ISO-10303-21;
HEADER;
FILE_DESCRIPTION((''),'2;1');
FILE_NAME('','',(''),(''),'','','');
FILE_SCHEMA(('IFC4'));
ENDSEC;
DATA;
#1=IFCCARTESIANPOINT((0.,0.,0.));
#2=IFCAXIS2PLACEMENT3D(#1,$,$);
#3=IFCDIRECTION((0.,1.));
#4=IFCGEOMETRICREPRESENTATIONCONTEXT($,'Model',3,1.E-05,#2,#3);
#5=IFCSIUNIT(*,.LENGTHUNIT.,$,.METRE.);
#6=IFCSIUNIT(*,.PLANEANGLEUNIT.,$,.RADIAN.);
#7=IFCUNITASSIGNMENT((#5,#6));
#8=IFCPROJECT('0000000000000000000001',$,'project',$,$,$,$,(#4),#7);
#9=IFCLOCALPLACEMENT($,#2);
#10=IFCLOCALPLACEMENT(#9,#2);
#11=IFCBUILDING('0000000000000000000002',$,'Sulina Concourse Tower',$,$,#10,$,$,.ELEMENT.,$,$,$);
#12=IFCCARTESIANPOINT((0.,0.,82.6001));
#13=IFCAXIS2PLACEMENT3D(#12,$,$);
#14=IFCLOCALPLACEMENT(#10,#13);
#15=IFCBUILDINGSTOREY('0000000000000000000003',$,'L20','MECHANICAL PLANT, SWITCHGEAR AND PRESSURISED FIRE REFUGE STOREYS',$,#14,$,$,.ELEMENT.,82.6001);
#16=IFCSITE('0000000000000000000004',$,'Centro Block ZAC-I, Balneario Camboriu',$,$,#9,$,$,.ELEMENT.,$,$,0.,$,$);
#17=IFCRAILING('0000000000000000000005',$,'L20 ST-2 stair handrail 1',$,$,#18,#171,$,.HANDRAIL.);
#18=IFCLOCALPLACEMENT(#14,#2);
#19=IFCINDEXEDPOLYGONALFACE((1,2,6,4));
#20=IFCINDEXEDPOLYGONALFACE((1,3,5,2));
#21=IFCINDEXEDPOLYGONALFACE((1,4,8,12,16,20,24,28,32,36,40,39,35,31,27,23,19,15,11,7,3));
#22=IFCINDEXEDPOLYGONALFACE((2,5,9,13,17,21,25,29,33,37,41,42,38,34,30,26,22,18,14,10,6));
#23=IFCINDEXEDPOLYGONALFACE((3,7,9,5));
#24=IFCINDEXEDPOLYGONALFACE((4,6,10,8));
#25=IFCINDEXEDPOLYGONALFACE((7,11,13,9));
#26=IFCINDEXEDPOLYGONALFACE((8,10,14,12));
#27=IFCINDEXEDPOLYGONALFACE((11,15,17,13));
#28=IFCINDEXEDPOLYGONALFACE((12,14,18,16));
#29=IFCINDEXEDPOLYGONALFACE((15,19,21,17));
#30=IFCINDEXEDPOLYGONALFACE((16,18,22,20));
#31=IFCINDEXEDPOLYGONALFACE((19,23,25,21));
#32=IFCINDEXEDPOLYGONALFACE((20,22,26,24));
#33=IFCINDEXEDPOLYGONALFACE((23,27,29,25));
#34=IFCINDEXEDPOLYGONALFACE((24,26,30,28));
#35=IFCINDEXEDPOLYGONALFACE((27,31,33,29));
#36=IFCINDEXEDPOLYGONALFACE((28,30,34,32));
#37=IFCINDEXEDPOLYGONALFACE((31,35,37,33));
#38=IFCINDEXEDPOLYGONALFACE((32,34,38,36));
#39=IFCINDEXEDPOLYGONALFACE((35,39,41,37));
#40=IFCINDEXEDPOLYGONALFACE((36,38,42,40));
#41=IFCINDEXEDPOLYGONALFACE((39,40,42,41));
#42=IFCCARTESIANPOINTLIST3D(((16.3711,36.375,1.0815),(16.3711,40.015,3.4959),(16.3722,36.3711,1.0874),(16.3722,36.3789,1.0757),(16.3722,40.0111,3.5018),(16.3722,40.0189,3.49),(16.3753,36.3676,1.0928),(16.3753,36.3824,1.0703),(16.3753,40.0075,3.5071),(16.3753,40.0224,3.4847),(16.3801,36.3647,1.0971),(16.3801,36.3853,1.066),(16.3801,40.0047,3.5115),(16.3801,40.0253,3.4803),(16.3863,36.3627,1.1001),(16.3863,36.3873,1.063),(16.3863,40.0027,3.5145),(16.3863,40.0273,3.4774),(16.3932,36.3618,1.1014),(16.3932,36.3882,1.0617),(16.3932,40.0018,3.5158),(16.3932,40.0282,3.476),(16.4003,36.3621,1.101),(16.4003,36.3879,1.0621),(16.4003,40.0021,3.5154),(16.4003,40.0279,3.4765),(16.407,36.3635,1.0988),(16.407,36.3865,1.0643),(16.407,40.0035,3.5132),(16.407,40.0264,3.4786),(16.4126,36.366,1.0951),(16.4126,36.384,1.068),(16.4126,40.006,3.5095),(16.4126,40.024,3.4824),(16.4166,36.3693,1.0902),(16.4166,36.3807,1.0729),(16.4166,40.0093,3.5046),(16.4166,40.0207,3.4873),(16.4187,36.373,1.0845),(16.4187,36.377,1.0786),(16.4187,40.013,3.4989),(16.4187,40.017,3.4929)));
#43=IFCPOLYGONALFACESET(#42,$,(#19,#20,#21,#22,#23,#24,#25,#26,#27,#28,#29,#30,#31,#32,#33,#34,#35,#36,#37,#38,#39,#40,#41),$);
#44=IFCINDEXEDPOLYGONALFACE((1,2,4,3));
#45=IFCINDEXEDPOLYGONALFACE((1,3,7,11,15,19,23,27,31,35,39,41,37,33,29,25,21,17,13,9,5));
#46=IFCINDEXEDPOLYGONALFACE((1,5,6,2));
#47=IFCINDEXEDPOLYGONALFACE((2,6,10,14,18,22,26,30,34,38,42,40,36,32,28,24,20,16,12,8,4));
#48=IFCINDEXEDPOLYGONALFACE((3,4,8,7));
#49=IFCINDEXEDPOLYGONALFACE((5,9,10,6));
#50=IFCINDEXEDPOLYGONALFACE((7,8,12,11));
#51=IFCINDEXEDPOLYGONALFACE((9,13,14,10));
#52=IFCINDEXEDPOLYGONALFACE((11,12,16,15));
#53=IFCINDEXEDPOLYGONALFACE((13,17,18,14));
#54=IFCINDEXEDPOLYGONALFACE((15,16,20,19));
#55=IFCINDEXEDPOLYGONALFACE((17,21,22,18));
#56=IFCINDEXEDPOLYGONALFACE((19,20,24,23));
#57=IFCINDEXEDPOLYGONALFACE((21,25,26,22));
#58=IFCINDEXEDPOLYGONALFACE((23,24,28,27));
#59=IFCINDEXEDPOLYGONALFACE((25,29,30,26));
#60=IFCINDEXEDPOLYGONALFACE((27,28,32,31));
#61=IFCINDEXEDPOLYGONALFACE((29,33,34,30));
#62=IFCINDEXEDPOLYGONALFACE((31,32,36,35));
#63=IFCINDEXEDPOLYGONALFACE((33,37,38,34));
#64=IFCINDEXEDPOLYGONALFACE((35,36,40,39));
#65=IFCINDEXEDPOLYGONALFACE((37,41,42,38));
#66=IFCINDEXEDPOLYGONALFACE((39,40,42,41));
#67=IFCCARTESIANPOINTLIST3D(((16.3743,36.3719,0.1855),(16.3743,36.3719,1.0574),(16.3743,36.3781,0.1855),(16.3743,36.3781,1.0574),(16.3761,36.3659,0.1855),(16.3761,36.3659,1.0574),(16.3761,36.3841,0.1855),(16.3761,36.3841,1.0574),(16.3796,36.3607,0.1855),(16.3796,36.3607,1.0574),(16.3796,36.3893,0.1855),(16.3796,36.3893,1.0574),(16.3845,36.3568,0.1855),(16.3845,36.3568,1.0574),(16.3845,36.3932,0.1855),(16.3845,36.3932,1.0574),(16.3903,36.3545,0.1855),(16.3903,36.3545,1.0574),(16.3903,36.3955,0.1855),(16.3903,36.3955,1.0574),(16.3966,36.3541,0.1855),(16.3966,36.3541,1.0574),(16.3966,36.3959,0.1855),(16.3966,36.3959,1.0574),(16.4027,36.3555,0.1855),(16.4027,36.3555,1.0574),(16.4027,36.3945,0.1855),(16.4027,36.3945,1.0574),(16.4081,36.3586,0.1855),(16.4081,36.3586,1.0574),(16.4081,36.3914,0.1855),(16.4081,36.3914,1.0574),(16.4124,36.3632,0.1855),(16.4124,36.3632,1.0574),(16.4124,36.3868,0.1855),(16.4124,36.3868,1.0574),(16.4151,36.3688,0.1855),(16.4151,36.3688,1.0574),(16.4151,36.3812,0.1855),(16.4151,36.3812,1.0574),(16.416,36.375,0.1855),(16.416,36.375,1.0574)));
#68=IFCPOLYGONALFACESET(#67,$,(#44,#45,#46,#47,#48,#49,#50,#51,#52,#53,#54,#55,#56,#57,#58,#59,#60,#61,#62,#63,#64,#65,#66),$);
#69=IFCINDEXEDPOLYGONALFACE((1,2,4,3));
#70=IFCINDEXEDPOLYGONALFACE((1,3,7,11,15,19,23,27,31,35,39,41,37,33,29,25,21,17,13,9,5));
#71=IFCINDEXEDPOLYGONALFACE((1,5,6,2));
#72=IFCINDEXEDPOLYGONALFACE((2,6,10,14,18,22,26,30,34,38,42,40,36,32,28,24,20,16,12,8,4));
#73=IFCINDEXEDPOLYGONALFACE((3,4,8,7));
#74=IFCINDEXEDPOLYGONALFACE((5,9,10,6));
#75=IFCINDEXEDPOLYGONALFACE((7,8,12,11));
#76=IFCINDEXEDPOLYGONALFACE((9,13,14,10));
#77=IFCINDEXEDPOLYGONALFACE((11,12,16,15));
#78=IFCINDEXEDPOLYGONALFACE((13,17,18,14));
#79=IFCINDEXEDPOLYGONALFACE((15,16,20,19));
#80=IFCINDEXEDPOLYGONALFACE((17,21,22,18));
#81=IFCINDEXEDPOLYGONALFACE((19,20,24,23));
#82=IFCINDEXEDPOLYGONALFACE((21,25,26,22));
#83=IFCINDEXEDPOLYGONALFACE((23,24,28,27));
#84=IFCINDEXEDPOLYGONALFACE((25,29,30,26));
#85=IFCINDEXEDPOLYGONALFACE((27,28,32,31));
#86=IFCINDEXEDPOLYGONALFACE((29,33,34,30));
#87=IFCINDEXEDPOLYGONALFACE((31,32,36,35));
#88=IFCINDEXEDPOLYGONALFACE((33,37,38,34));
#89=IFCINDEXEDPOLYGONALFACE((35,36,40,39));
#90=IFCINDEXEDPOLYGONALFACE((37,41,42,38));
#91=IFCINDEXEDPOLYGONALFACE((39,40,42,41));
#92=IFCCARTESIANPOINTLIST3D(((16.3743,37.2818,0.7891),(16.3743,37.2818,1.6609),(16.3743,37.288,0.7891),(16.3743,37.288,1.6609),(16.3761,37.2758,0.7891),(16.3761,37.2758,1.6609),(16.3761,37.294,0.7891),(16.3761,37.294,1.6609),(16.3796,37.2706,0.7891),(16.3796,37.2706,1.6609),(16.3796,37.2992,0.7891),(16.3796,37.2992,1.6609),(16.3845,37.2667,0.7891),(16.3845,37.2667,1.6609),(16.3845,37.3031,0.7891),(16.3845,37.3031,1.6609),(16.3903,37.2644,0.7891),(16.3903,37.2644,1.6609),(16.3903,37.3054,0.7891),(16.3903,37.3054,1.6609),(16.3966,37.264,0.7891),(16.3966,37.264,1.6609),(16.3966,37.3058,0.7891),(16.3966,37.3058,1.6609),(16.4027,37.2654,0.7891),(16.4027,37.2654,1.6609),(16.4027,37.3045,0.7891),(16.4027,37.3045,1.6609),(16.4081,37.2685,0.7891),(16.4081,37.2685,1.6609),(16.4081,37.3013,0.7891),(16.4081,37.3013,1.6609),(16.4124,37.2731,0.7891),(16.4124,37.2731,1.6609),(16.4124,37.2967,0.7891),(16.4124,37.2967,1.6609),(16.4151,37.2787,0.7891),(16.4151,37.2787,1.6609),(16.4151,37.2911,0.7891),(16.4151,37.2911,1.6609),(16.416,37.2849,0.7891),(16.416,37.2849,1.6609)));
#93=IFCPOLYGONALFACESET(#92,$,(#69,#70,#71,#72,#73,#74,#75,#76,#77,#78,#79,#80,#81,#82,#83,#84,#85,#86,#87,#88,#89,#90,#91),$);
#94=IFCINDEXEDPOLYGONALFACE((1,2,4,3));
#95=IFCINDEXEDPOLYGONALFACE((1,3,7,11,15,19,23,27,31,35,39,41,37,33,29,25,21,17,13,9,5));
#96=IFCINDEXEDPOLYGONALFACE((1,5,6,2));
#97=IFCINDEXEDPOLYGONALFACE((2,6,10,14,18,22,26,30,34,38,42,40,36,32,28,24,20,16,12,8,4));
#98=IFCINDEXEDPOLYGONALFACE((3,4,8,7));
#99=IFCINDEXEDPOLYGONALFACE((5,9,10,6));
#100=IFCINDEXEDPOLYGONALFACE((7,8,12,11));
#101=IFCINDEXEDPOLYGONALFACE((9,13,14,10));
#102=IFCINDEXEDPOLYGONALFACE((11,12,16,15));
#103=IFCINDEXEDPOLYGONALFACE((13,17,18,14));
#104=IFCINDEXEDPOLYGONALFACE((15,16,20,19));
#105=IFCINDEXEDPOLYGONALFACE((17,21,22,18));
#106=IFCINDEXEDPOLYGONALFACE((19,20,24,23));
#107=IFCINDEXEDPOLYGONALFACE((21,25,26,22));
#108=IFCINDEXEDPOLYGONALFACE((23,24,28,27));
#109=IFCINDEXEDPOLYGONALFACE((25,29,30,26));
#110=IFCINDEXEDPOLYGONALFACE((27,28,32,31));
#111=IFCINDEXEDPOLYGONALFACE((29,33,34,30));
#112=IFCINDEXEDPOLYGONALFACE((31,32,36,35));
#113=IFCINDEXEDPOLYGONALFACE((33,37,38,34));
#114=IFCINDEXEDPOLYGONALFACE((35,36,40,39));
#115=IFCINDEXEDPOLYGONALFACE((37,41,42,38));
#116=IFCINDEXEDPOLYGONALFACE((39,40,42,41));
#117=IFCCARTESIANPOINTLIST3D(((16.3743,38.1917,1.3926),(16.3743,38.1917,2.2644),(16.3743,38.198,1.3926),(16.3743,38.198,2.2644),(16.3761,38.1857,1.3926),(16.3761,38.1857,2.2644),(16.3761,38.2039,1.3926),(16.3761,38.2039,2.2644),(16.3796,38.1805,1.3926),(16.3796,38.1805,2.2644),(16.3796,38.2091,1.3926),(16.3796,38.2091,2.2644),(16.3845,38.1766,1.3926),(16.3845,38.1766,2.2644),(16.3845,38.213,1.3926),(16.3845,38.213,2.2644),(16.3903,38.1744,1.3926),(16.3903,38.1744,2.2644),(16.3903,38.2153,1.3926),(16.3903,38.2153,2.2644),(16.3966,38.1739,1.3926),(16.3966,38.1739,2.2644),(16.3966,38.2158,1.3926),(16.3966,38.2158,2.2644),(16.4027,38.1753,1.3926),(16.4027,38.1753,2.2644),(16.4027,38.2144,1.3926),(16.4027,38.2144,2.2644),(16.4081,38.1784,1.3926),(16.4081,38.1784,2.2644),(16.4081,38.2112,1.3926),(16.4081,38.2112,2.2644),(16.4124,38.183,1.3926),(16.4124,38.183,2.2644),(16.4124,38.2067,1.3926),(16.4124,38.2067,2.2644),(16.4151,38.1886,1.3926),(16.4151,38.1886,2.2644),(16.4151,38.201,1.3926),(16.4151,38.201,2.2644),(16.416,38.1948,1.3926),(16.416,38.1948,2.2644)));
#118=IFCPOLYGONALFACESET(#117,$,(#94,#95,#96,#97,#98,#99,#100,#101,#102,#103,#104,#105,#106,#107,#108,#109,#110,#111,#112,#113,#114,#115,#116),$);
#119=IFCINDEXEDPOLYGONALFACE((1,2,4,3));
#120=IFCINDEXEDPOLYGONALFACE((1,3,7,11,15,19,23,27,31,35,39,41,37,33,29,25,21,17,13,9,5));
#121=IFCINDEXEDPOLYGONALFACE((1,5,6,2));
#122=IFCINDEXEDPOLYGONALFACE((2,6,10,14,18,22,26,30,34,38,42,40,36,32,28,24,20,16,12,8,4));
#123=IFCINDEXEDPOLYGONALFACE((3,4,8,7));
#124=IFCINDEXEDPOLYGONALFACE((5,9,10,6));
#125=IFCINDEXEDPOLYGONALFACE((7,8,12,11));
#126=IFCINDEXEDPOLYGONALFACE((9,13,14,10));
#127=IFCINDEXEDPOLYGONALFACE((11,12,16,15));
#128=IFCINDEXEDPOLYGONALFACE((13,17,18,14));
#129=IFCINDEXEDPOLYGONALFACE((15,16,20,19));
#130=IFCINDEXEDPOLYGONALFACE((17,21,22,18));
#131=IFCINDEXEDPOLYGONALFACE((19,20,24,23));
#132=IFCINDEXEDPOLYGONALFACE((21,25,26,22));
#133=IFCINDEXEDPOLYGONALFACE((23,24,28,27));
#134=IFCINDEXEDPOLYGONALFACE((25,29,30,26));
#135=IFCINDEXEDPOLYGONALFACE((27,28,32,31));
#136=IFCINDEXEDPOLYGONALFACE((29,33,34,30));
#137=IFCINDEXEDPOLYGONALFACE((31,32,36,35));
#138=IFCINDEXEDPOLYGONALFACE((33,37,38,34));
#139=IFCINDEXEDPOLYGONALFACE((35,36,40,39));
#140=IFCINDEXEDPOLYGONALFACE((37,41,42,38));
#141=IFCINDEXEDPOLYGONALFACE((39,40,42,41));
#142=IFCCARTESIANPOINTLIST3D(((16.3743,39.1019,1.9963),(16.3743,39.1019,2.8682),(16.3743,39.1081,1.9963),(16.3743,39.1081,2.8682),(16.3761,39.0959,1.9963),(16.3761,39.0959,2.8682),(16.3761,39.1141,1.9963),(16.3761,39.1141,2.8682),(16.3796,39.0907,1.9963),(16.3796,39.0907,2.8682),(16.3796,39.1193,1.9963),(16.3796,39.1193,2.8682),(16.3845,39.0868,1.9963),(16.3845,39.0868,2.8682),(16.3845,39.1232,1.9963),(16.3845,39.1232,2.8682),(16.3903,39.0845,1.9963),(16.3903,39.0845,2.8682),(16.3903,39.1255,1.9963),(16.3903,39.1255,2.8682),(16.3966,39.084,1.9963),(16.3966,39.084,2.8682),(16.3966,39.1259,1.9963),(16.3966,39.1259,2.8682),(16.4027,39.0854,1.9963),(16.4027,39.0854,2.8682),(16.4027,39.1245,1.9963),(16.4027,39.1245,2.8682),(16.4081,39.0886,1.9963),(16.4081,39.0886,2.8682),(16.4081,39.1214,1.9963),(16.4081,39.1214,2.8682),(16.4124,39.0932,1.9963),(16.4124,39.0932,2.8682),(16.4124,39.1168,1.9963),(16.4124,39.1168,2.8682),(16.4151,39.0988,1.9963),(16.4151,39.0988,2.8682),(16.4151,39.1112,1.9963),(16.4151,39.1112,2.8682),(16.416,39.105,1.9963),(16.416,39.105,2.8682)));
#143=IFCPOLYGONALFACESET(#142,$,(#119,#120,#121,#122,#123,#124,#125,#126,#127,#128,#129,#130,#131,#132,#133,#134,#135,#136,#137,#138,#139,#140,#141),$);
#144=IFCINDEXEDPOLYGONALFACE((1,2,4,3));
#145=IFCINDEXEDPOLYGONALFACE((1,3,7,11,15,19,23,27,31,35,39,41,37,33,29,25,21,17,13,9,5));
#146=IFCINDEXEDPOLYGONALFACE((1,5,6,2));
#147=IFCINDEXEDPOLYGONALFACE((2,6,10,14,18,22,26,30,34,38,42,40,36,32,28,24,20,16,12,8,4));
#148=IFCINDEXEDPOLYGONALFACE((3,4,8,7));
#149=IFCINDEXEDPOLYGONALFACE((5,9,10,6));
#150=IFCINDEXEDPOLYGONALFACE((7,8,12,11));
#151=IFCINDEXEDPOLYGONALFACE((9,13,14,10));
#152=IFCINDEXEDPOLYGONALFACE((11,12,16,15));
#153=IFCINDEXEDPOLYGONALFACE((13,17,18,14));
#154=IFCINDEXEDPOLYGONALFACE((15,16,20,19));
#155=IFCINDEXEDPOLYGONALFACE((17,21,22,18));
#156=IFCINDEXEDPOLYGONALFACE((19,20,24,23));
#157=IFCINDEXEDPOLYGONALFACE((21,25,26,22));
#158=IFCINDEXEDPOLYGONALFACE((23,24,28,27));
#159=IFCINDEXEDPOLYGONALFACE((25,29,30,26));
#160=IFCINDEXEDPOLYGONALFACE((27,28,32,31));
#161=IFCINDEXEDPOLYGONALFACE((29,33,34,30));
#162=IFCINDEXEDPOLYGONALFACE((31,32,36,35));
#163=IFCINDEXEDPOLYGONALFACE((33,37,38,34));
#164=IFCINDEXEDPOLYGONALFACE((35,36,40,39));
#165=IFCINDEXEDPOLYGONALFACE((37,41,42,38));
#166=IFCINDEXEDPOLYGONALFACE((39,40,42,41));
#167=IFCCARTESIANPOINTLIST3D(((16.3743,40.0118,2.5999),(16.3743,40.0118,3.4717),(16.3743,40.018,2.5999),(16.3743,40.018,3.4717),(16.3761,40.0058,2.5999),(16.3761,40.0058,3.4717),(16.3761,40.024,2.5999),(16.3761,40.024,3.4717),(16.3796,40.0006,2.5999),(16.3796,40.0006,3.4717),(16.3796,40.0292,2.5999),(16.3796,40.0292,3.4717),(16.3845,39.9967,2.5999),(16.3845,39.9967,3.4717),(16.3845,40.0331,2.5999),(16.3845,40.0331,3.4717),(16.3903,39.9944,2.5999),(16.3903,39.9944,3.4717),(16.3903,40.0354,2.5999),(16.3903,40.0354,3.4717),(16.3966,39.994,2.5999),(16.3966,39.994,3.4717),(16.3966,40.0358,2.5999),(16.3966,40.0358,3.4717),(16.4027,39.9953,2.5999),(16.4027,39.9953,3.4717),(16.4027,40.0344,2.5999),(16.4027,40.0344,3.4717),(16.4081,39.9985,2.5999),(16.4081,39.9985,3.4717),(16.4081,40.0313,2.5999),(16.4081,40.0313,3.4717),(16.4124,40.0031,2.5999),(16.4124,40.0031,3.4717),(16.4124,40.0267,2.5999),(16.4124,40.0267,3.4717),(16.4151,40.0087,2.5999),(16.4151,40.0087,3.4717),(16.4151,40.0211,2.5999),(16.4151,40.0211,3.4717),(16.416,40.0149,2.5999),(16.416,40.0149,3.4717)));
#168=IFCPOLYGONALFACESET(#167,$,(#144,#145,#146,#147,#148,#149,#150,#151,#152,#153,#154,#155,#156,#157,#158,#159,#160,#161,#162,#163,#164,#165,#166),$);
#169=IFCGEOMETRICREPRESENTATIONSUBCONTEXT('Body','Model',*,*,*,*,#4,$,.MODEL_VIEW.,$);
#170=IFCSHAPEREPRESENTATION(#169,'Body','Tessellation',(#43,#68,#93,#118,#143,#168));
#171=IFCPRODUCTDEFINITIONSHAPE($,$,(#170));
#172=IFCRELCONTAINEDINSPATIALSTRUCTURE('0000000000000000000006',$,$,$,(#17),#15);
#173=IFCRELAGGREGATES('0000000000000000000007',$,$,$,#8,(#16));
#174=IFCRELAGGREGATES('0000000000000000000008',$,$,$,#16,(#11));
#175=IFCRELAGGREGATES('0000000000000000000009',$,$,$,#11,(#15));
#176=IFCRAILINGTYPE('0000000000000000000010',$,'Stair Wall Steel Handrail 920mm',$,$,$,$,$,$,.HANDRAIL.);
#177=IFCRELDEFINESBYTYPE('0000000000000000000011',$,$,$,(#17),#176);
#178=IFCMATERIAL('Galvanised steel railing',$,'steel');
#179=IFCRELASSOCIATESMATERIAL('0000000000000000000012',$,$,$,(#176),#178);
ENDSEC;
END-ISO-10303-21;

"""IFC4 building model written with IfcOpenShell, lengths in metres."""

from ifc_helpers import new_model, si_unit, direction, frame, origin, origin_2d, place, context, subcontext, project, spatial, circle, extrude, material, type_object, element, save


model = new_model("IFC4")

# Units and contexts
model_context = context("Model", 3, precision=1e-05, world=origin(), true_north=direction((0.0, 1.0)))
body_context = subcontext(model_context, "Body", "Model", "MODEL_VIEW")
ifc_project = project(units=[si_unit("LENGTHUNIT", "METRE"), si_unit("PLANEANGLEUNIT", "RADIAN")], contexts=[model_context])

# Site, building, storey
site_placement = place(None, origin())
site = spatial("IfcSite", under=ifc_project, at=site_placement, Name="Centro Block ZAC-I, Balneario Camboriu", CompositionType="ELEMENT", RefElevation=0.0)
building_placement = place(site_placement, origin())
building = spatial("IfcBuilding", under=site, at=building_placement, Name="Sulina Concourse Tower", CompositionType="ELEMENT")
storey_placement = place(building_placement, frame((0.0, 0.0, 82.6001)))
storey = spatial("IfcBuildingStorey", under=building, at=storey_placement, Name="L20", Description="MECHANICAL PLANT, SWITCHGEAR AND PRESSURISED FIRE REFUGE STOREYS", CompositionType="ELEMENT", Elevation=82.6001)

# Railing
ifc_material_1 = material(Name="Galvanised steel railing", Category="steel")
railing_type_1 = type_object("IfcRailingType", Name="Stair Wall Steel Handrail 920mm", PredefinedType="HANDRAIL", material=ifc_material_1)
railing_1_placement = place(storey_placement, frame((16.395, 36.375, 0.1855)))
element("IfcRailing", 1, at=railing_1_placement, inside=storey, type_object=railing_type_1, Name="L20 ST-2 stair handrail 1", PredefinedType="HANDRAIL", context=body_context, shape_type="SweptSolid", body=[
    extrude(circle(Radius=0.0239, at=origin_2d()), frame((0.0, 0.0, 0.896), z_axis=(0.0, 0.833347, 0.552751), x_axis=(-1.0, 0.0, 0.0)), (0.0, 0.0, 1.0), 4.3679),
    extrude(circle(Radius=0.021, at=origin_2d()), origin(), (0.0, 0.0, 1.0), 0.8718),
    extrude(circle(Radius=0.021, at=origin_2d()), frame((0.0, 0.9099, 0.6035)), (0.0, 0.0, 1.0), 0.8718),
    extrude(circle(Radius=0.021, at=origin_2d()), frame((0.0, 1.8198, 1.207)), (0.0, 0.0, 1.0), 0.8718),
    extrude(circle(Radius=0.021, at=origin_2d()), frame((0.0, 2.73, 1.8108)), (0.0, 0.0, 1.0), 0.8718),
    extrude(circle(Radius=0.021, at=origin_2d()), frame((0.0, 3.6399, 2.4143)), (0.0, 0.0, 1.0), 0.8718),
])

save(model, "model.ifc")
